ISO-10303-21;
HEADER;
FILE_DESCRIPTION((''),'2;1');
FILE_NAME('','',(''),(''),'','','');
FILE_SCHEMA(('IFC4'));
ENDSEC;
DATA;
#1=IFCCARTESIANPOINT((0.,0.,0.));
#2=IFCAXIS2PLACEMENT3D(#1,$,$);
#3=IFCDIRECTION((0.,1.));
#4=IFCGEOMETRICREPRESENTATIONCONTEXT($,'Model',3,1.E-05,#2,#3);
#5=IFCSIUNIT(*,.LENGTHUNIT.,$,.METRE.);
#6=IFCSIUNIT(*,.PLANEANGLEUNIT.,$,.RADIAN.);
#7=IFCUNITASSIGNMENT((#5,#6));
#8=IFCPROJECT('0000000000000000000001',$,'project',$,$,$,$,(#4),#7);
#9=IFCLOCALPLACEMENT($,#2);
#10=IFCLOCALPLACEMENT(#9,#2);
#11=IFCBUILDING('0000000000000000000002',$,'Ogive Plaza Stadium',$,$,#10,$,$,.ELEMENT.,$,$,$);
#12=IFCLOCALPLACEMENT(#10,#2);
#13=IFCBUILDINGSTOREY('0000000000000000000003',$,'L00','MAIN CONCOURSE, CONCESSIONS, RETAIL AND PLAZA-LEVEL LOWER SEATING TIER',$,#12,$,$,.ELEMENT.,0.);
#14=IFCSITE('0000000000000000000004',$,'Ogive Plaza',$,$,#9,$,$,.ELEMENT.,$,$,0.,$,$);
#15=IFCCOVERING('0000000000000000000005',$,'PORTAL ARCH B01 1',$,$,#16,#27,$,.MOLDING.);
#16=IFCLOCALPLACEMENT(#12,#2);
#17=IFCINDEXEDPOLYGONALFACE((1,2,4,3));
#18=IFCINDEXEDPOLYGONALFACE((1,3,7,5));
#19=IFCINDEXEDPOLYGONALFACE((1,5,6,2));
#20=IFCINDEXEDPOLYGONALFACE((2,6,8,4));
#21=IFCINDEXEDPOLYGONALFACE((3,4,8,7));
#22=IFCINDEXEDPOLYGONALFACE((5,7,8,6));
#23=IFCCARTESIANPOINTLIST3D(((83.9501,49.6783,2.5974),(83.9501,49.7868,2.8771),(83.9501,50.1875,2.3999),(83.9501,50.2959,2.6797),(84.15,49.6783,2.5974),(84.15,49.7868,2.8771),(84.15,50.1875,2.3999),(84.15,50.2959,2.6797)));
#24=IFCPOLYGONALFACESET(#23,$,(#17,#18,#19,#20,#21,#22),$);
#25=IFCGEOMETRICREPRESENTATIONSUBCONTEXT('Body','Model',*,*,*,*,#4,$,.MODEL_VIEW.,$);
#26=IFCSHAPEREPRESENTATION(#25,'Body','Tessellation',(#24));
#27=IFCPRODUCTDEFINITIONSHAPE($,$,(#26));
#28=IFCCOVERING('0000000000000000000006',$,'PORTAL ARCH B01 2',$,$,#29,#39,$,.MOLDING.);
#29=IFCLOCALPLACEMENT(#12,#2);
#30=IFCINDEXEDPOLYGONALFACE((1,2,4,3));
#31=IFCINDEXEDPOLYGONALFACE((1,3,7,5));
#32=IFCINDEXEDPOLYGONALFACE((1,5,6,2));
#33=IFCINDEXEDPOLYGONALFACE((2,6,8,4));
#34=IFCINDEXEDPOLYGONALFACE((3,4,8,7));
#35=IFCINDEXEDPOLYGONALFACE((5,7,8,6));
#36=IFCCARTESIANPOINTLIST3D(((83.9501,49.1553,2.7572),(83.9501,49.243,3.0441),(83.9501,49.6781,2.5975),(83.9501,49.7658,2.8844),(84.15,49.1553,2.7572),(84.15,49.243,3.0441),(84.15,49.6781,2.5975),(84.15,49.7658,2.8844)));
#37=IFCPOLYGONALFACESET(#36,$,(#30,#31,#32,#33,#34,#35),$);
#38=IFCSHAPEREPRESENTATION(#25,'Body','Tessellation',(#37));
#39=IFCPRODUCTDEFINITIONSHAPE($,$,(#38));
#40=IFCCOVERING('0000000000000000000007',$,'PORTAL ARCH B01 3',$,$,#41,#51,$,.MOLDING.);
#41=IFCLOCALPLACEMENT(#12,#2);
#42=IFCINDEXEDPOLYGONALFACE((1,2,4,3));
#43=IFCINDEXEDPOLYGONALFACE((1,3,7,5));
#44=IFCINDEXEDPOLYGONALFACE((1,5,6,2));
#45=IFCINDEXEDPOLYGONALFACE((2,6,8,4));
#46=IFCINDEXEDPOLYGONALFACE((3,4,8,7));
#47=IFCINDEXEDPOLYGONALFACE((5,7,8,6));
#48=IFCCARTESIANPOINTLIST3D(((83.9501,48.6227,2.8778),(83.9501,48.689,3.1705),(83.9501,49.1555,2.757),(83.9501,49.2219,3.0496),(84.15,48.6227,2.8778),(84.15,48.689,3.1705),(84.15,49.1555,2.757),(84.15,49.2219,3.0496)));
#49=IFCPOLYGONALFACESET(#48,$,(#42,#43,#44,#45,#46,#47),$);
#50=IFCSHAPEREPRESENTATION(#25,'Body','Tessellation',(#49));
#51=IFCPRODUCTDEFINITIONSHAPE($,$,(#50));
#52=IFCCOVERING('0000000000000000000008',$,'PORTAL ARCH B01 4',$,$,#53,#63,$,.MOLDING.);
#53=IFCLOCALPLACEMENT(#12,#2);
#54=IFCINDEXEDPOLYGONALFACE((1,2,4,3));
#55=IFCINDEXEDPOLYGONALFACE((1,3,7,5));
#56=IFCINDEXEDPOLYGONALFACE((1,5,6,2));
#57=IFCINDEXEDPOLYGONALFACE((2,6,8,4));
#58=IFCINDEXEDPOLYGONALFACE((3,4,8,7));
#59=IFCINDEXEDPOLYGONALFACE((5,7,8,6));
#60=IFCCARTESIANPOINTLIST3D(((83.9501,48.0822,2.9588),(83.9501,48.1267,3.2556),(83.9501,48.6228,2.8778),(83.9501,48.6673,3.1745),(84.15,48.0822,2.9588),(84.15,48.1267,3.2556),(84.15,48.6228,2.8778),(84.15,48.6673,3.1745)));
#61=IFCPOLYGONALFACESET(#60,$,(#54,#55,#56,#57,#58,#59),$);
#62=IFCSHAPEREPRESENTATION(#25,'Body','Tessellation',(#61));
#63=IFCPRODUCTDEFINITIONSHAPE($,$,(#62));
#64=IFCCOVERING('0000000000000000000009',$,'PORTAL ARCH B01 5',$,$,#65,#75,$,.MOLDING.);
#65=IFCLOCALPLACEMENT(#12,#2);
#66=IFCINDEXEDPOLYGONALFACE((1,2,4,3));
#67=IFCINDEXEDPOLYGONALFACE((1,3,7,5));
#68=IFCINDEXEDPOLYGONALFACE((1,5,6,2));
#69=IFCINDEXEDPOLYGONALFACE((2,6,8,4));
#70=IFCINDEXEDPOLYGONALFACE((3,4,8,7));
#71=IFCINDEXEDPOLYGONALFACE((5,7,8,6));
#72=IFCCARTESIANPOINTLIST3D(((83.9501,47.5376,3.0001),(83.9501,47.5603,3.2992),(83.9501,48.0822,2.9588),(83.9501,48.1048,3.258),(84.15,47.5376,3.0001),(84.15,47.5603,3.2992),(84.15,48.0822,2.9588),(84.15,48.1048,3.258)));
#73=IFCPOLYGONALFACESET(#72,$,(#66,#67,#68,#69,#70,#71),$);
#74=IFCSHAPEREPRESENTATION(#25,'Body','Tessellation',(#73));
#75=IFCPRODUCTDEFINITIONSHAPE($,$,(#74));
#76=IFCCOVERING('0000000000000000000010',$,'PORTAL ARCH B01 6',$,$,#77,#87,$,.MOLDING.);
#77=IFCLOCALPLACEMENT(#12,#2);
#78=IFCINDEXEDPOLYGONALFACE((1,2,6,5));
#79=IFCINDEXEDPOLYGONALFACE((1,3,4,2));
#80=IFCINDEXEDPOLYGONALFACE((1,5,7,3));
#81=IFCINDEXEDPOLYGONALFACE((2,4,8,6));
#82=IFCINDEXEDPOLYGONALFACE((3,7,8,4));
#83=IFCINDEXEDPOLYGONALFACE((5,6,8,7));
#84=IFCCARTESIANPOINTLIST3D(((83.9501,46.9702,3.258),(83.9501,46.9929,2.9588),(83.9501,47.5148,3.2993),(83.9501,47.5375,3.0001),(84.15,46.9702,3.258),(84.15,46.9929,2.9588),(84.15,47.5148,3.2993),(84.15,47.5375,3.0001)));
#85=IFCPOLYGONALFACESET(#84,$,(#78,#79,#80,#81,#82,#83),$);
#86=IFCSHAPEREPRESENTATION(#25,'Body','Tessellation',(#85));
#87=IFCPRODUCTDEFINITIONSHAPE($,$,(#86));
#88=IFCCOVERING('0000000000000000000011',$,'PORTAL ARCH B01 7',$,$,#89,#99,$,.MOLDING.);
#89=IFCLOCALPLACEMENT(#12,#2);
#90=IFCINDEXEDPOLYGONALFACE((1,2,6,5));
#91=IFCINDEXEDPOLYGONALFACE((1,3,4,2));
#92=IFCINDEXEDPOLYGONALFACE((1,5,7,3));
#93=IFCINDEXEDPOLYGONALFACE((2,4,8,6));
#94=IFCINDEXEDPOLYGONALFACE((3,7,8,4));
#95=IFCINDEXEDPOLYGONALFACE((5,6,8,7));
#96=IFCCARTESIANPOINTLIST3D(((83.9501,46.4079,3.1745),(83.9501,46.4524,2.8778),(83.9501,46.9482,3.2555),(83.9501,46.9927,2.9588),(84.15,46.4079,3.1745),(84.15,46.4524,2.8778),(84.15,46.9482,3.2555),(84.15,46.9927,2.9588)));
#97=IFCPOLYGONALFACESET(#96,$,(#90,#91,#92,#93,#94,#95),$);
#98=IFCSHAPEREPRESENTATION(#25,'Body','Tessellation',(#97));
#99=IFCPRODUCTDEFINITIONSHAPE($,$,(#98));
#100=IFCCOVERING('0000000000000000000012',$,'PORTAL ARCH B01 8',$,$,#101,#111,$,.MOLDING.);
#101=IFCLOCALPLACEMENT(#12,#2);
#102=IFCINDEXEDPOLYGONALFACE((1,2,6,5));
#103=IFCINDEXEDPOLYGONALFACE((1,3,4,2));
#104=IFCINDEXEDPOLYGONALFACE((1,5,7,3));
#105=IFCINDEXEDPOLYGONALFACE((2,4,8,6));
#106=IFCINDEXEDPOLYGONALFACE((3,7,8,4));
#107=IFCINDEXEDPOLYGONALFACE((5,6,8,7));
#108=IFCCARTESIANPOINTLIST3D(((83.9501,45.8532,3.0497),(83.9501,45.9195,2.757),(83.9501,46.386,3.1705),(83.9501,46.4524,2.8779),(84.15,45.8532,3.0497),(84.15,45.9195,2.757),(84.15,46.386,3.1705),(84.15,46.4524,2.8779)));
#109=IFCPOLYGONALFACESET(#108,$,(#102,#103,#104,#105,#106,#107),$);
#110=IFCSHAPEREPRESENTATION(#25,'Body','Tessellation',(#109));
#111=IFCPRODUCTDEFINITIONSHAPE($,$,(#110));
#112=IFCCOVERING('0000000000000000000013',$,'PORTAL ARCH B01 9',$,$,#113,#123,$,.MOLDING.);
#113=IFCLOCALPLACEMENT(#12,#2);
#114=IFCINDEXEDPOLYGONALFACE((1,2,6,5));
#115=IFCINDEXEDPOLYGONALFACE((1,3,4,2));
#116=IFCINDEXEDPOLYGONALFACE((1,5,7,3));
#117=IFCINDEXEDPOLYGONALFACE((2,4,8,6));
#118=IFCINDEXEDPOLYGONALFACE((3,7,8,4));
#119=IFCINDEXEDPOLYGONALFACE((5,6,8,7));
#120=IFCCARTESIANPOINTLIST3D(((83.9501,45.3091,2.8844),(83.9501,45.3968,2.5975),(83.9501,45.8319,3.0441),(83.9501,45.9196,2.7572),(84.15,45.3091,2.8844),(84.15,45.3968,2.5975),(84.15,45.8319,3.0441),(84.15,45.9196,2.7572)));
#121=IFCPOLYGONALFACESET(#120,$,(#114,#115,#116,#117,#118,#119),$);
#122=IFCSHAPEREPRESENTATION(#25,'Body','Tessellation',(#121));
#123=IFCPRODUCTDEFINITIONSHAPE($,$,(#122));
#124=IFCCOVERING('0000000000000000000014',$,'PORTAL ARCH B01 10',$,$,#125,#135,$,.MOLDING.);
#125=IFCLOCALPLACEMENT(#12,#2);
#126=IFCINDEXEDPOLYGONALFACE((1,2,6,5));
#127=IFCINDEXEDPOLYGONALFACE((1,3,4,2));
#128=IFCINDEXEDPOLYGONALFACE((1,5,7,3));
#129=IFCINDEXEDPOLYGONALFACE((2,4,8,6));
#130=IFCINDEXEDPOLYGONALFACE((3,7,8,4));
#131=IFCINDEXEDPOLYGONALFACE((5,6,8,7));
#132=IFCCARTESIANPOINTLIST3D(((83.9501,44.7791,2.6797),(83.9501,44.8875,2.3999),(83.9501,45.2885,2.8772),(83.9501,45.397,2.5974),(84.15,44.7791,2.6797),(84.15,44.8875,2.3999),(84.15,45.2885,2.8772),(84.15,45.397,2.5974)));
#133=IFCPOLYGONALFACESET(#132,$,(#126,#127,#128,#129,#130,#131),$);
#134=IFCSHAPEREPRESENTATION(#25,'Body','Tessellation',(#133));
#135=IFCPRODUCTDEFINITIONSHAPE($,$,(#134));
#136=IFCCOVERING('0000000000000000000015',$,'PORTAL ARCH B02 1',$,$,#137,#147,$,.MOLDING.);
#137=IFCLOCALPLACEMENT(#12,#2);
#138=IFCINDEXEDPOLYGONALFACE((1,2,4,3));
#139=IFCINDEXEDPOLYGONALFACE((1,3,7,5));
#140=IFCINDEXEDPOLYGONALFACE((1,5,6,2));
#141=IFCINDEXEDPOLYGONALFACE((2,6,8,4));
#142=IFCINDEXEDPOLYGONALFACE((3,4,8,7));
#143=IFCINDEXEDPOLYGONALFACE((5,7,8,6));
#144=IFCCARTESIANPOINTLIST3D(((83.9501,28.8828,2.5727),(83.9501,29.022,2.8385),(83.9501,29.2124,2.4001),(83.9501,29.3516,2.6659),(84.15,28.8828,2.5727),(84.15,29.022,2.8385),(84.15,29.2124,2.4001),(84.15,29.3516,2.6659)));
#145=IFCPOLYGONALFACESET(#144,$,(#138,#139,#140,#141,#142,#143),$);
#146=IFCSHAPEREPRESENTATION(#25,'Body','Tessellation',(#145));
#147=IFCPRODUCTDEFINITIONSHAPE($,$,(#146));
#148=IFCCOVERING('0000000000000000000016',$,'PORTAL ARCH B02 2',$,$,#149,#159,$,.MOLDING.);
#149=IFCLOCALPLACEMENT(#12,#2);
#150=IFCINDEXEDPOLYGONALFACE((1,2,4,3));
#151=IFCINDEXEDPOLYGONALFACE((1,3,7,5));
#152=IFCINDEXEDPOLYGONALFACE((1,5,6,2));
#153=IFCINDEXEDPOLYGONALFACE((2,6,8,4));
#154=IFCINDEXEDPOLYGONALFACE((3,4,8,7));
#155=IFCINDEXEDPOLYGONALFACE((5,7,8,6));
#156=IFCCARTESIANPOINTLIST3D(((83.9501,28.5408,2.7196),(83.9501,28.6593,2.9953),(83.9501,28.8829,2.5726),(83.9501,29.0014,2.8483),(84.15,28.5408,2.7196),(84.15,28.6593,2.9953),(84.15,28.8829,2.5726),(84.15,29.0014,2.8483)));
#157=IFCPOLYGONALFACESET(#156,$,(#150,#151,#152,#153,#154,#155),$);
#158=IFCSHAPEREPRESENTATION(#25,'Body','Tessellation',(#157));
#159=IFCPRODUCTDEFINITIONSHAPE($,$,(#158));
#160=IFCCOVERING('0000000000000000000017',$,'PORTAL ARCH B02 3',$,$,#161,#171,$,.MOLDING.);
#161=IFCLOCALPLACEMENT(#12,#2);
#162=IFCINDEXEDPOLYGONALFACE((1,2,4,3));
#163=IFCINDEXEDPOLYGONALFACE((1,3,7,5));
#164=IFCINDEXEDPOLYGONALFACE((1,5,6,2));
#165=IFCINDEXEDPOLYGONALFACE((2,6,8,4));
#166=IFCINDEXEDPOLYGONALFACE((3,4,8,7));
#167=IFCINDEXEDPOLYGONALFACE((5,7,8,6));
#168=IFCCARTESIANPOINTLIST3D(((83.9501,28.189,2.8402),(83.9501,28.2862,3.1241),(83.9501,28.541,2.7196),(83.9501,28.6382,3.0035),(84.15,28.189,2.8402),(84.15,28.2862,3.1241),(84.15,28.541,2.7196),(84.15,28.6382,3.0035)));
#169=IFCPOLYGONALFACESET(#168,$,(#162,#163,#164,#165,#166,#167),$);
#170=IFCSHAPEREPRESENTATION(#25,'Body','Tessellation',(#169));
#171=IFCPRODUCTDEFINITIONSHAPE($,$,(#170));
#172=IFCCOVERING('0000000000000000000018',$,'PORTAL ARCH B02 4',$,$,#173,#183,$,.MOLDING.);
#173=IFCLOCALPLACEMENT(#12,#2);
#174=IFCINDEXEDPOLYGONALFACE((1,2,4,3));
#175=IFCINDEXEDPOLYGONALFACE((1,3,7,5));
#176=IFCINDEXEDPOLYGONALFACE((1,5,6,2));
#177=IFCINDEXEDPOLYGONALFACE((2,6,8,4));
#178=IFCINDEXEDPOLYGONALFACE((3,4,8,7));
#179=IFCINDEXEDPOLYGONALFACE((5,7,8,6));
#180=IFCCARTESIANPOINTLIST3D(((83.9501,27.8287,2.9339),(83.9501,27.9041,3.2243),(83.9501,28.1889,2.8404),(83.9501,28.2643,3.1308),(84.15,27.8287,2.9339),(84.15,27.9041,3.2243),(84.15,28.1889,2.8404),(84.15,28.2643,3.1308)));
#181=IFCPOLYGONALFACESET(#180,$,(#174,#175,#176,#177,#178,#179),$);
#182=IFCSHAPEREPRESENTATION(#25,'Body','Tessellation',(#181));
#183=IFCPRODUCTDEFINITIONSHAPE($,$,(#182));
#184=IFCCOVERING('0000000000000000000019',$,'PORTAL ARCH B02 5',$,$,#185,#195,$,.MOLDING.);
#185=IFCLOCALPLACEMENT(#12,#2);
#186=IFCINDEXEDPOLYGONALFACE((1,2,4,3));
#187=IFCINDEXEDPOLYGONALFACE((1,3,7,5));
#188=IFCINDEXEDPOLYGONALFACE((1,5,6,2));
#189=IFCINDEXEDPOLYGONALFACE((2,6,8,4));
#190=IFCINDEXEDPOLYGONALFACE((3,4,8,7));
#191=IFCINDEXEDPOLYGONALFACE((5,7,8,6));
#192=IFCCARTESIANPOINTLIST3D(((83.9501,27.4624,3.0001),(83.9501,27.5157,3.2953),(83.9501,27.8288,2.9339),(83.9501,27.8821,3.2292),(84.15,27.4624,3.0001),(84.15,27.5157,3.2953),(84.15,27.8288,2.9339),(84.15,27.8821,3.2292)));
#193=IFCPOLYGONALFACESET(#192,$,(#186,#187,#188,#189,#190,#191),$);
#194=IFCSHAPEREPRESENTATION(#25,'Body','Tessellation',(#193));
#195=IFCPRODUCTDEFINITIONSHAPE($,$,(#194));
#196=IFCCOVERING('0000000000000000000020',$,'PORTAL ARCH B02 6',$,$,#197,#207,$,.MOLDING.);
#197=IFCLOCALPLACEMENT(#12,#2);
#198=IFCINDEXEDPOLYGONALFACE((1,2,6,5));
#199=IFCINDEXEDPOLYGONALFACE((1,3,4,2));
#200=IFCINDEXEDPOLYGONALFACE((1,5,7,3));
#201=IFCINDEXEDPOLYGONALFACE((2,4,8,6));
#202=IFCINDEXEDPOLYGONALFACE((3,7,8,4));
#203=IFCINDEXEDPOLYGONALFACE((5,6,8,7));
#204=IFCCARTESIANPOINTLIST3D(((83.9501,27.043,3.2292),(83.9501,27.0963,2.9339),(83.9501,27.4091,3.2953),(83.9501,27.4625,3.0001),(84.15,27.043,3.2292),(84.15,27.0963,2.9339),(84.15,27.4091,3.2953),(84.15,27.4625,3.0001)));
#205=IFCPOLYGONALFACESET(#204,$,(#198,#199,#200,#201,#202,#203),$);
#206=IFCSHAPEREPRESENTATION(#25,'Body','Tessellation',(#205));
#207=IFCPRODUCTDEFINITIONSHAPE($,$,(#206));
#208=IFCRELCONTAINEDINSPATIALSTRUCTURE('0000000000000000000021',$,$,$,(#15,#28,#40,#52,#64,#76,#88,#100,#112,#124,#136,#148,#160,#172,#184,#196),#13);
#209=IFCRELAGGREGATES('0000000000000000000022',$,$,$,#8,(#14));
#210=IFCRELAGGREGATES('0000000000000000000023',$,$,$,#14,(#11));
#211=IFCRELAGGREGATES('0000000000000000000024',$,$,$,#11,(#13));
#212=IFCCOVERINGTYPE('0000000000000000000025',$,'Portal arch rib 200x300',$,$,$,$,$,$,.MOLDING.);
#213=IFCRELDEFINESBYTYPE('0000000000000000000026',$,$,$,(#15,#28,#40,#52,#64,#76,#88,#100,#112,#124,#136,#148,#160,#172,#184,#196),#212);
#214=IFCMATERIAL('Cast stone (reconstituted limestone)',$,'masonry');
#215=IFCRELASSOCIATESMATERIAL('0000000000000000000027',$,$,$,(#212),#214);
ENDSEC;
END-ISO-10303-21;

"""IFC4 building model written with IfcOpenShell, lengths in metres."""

from ifc_helpers import new_model, si_unit, direction, frame, origin, origin_2d, place, context, subcontext, project, spatial, rectangle, extrude, material, material_profile, profile_set, type_object, element, save


model = new_model("IFC4")

# Units and contexts
model_context = context("Model", 3, precision=1e-05, world=origin(), true_north=direction((0.0, 1.0)))
body_context = subcontext(model_context, "Body", "Model", "MODEL_VIEW")
ifc_project = project(units=[si_unit("LENGTHUNIT", "METRE"), si_unit("PLANEANGLEUNIT", "RADIAN")], contexts=[model_context])

# Site, building, storey
site_placement = place(None, origin())
site = spatial("IfcSite", under=ifc_project, at=site_placement, Name="Ogive Plaza", CompositionType="ELEMENT", RefElevation=0.0)
building_placement = place(site_placement, origin())
building = spatial("IfcBuilding", under=site, at=building_placement, Name="Ogive Plaza Stadium", CompositionType="ELEMENT")
storey_placement = place(building_placement, origin())
storey = spatial("IfcBuildingStorey", under=building, at=storey_placement, Name="L00", Description="MAIN CONCOURSE, CONCESSIONS, RETAIL AND PLAZA-LEVEL LOWER SEATING TIER", CompositionType="ELEMENT", Elevation=0.0)

# Coverings
ifc_material = material(Name="Cast stone (reconstituted limestone)", Category="masonry")
ifc_material_profile = material_profile(ifc_material, rectangle(XDim=0.2, YDim=0.3, at=origin_2d()), Name="Cast stone 200x300")
ifc_profile_set = profile_set([ifc_material_profile], Name="Cast stone (reconstituted limestone)")
covering_type = type_object("IfcCoveringType", Name="Portal arch rib 200x300", PredefinedType="MOLDING", material=ifc_profile_set)
covering_1_placement = place(storey_placement, frame((84.05, 50.2417, 2.5398), z_axis=(0.0, -0.93234, 0.361583), x_axis=(1.0, 0.0, 0.0)))
element("IfcCovering", 1, at=covering_1_placement, inside=storey, type_object=covering_type, Name="PORTAL ARCH B01 1", PredefinedType="MOLDING", context=body_context, shape_type="SweptSolid", body=[
    extrude(rectangle(XDim=0.2, YDim=0.3, at=origin_2d()), origin(), (0.0, 0.0, 1.0), 0.5461),
])
covering_2_placement = place(storey_placement, frame((84.05, 49.7219, 2.741), z_axis=(0.0, -0.956376, 0.292139), x_axis=(1.0, 0.0, 0.0)))
element("IfcCovering", 2, at=covering_2_placement, inside=storey, type_object=covering_type, Name="PORTAL ARCH B01 2", PredefinedType="MOLDING", context=body_context, shape_type="SweptSolid", body=[
    extrude(rectangle(XDim=0.2, YDim=0.3, at=origin_2d()), origin(), (0.0, 0.0, 1.0), 0.5466),
])
covering_3_placement = place(storey_placement, frame((84.05, 49.1887, 2.9033), z_axis=(0.0, -0.975242, 0.221138), x_axis=(1.0, 0.0, 0.0)))
element("IfcCovering", 3, at=covering_3_placement, inside=storey, type_object=covering_type, Name="PORTAL ARCH B01 3", PredefinedType="MOLDING", context=body_context, shape_type="SweptSolid", body=[
    extrude(rectangle(XDim=0.2, YDim=0.3, at=origin_2d()), origin(), (0.0, 0.0, 1.0), 0.5464),
])
covering_4_placement = place(storey_placement, frame((84.05, 48.645, 3.0261), z_axis=(0.0, -0.988943, 0.148297), x_axis=(1.0, 0.0, 0.0)))
element("IfcCovering", 4, at=covering_4_placement, inside=storey, type_object=covering_type, Name="PORTAL ARCH B01 4", PredefinedType="MOLDING", context=body_context, shape_type="SweptSolid", body=[
    extrude(rectangle(XDim=0.2, YDim=0.3, at=origin_2d()), origin(), (0.0, 0.0, 1.0), 0.5466),
])
for number, where, z_axis, x_axis, name in (
    (5, (84.05, 48.0935, 3.1084), (0.0, -0.997143, 0.075534), (1.0, 0.0, 0.0), "PORTAL ARCH B01 5"),
    (6, (84.05, 47.5261, 3.1497), (0.0, -0.997143, -0.075534), (1.0, 0.0, 0.0), "PORTAL ARCH B01 6"),
):
    element("IfcCovering", number, at=place(storey_placement, frame(where, z_axis=z_axis, x_axis=x_axis)), inside=storey, type_object=covering_type, Name=name, PredefinedType="MOLDING", context=body_context, shape_type="SweptSolid", body=[
        extrude(rectangle(XDim=0.2, YDim=0.3, at=origin_2d()), origin(), (0.0, 0.0, 1.0), 0.5461),
    ])
for number, where, z_axis, x_axis, name in (
    (7, (84.05, 46.9705, 3.1072), (0.0, -0.988933, -0.148362), (1.0, 0.0, 0.0), "PORTAL ARCH B01 7"),
    (8, (84.05, 46.4192, 3.0242), (0.0, -0.975242, -0.221138), (1.0, 0.0, 0.0), "PORTAL ARCH B01 8"),
):
    element("IfcCovering", number, at=place(storey_placement, frame(where, z_axis=z_axis, x_axis=x_axis)), inside=storey, type_object=covering_type, Name=name, PredefinedType="MOLDING", context=body_context, shape_type="SweptSolid", body=[
        extrude(rectangle(XDim=0.2, YDim=0.3, at=origin_2d()), origin(), (0.0, 0.0, 1.0), 0.5464),
    ])
covering_5_placement = place(storey_placement, frame((84.05, 45.8757, 2.9006), z_axis=(0.0, -0.956376, -0.292139), x_axis=(1.0, 0.0, 0.0)))
element("IfcCovering", 9, at=covering_5_placement, inside=storey, type_object=covering_type, Name="PORTAL ARCH B01 9", PredefinedType="MOLDING", context=body_context, shape_type="SweptSolid", body=[
    extrude(rectangle(XDim=0.2, YDim=0.3, at=origin_2d()), origin(), (0.0, 0.0, 1.0), 0.5466),
])
covering_6_placement = place(storey_placement, frame((84.05, 45.3428, 2.7373), z_axis=(0.0, -0.932398, -0.361433), x_axis=(1.0, 0.0, 0.0)))
element("IfcCovering", 10, at=covering_6_placement, inside=storey, type_object=covering_type, Name="PORTAL ARCH B01 10", PredefinedType="MOLDING", context=body_context, shape_type="SweptSolid", body=[
    extrude(rectangle(XDim=0.2, YDim=0.3, at=origin_2d()), origin(), (0.0, 0.0, 1.0), 0.5464),
])
covering_7_placement = place(storey_placement, frame((84.05, 29.282, 2.533), z_axis=(0.0, -0.88587, 0.463933), x_axis=(1.0, 0.0, 0.0)))
element("IfcCovering", 11, at=covering_7_placement, inside=storey, type_object=covering_type, Name="PORTAL ARCH B02 1", PredefinedType="MOLDING", context=body_context, shape_type="SweptSolid", body=[
    extrude(rectangle(XDim=0.2, YDim=0.3, at=origin_2d()), origin(), (0.0, 0.0, 1.0), 0.3721),
])
covering_8_placement = place(storey_placement, frame((84.05, 28.9421, 2.7104), z_axis=(0.0, -0.918771, 0.39479), x_axis=(1.0, 0.0, 0.0)))
element("IfcCovering", 12, at=covering_8_placement, inside=storey, type_object=covering_type, Name="PORTAL ARCH B02 2", PredefinedType="MOLDING", context=body_context, shape_type="SweptSolid", body=[
    extrude(rectangle(XDim=0.2, YDim=0.3, at=origin_2d()), origin(), (0.0, 0.0, 1.0), 0.3723),
])
for number, where, z_axis, x_axis, name in (
    (13, (84.05, 28.5896, 2.8616), (0.0, -0.946026, 0.324089), (1.0, 0.0, 0.0), "PORTAL ARCH B02 3"),
    (14, (84.05, 28.2266, 2.9856), (0.0, -0.967902, 0.251327), (1.0, 0.0, 0.0), "PORTAL ARCH B02 4"),
):
    element("IfcCovering", number, at=place(storey_placement, frame(where, z_axis=z_axis, x_axis=x_axis)), inside=storey, type_object=covering_type, Name=name, PredefinedType="MOLDING", context=body_context, shape_type="SweptSolid", body=[
        extrude(rectangle(XDim=0.2, YDim=0.3, at=origin_2d()), origin(), (0.0, 0.0, 1.0), 0.3721),
    ])
covering_9_placement = place(storey_placement, frame((84.05, 27.8555, 3.0815), z_axis=(0.0, -0.984089, 0.177674), x_axis=(1.0, 0.0, 0.0)))
element("IfcCovering", 15, at=covering_9_placement, inside=storey, type_object=covering_type, Name="PORTAL ARCH B02 5", PredefinedType="MOLDING", context=body_context, shape_type="SweptSolid", body=[
    extrude(rectangle(XDim=0.2, YDim=0.3, at=origin_2d()), origin(), (0.0, 0.0, 1.0), 0.3723),
])
covering_10_placement = place(storey_placement, frame((84.05, 27.4358, 3.1477), z_axis=(0.0, -0.984069, -0.177788), x_axis=(1.0, 0.0, 0.0)))
element("IfcCovering", 16, at=covering_10_placement, inside=storey, type_object=covering_type, Name="PORTAL ARCH B02 6", PredefinedType="MOLDING", context=body_context, shape_type="SweptSolid", body=[
    extrude(rectangle(XDim=0.2, YDim=0.3, at=origin_2d()), origin(), (0.0, 0.0, 1.0), 0.3721),
])

save(model, "model.ifc")
